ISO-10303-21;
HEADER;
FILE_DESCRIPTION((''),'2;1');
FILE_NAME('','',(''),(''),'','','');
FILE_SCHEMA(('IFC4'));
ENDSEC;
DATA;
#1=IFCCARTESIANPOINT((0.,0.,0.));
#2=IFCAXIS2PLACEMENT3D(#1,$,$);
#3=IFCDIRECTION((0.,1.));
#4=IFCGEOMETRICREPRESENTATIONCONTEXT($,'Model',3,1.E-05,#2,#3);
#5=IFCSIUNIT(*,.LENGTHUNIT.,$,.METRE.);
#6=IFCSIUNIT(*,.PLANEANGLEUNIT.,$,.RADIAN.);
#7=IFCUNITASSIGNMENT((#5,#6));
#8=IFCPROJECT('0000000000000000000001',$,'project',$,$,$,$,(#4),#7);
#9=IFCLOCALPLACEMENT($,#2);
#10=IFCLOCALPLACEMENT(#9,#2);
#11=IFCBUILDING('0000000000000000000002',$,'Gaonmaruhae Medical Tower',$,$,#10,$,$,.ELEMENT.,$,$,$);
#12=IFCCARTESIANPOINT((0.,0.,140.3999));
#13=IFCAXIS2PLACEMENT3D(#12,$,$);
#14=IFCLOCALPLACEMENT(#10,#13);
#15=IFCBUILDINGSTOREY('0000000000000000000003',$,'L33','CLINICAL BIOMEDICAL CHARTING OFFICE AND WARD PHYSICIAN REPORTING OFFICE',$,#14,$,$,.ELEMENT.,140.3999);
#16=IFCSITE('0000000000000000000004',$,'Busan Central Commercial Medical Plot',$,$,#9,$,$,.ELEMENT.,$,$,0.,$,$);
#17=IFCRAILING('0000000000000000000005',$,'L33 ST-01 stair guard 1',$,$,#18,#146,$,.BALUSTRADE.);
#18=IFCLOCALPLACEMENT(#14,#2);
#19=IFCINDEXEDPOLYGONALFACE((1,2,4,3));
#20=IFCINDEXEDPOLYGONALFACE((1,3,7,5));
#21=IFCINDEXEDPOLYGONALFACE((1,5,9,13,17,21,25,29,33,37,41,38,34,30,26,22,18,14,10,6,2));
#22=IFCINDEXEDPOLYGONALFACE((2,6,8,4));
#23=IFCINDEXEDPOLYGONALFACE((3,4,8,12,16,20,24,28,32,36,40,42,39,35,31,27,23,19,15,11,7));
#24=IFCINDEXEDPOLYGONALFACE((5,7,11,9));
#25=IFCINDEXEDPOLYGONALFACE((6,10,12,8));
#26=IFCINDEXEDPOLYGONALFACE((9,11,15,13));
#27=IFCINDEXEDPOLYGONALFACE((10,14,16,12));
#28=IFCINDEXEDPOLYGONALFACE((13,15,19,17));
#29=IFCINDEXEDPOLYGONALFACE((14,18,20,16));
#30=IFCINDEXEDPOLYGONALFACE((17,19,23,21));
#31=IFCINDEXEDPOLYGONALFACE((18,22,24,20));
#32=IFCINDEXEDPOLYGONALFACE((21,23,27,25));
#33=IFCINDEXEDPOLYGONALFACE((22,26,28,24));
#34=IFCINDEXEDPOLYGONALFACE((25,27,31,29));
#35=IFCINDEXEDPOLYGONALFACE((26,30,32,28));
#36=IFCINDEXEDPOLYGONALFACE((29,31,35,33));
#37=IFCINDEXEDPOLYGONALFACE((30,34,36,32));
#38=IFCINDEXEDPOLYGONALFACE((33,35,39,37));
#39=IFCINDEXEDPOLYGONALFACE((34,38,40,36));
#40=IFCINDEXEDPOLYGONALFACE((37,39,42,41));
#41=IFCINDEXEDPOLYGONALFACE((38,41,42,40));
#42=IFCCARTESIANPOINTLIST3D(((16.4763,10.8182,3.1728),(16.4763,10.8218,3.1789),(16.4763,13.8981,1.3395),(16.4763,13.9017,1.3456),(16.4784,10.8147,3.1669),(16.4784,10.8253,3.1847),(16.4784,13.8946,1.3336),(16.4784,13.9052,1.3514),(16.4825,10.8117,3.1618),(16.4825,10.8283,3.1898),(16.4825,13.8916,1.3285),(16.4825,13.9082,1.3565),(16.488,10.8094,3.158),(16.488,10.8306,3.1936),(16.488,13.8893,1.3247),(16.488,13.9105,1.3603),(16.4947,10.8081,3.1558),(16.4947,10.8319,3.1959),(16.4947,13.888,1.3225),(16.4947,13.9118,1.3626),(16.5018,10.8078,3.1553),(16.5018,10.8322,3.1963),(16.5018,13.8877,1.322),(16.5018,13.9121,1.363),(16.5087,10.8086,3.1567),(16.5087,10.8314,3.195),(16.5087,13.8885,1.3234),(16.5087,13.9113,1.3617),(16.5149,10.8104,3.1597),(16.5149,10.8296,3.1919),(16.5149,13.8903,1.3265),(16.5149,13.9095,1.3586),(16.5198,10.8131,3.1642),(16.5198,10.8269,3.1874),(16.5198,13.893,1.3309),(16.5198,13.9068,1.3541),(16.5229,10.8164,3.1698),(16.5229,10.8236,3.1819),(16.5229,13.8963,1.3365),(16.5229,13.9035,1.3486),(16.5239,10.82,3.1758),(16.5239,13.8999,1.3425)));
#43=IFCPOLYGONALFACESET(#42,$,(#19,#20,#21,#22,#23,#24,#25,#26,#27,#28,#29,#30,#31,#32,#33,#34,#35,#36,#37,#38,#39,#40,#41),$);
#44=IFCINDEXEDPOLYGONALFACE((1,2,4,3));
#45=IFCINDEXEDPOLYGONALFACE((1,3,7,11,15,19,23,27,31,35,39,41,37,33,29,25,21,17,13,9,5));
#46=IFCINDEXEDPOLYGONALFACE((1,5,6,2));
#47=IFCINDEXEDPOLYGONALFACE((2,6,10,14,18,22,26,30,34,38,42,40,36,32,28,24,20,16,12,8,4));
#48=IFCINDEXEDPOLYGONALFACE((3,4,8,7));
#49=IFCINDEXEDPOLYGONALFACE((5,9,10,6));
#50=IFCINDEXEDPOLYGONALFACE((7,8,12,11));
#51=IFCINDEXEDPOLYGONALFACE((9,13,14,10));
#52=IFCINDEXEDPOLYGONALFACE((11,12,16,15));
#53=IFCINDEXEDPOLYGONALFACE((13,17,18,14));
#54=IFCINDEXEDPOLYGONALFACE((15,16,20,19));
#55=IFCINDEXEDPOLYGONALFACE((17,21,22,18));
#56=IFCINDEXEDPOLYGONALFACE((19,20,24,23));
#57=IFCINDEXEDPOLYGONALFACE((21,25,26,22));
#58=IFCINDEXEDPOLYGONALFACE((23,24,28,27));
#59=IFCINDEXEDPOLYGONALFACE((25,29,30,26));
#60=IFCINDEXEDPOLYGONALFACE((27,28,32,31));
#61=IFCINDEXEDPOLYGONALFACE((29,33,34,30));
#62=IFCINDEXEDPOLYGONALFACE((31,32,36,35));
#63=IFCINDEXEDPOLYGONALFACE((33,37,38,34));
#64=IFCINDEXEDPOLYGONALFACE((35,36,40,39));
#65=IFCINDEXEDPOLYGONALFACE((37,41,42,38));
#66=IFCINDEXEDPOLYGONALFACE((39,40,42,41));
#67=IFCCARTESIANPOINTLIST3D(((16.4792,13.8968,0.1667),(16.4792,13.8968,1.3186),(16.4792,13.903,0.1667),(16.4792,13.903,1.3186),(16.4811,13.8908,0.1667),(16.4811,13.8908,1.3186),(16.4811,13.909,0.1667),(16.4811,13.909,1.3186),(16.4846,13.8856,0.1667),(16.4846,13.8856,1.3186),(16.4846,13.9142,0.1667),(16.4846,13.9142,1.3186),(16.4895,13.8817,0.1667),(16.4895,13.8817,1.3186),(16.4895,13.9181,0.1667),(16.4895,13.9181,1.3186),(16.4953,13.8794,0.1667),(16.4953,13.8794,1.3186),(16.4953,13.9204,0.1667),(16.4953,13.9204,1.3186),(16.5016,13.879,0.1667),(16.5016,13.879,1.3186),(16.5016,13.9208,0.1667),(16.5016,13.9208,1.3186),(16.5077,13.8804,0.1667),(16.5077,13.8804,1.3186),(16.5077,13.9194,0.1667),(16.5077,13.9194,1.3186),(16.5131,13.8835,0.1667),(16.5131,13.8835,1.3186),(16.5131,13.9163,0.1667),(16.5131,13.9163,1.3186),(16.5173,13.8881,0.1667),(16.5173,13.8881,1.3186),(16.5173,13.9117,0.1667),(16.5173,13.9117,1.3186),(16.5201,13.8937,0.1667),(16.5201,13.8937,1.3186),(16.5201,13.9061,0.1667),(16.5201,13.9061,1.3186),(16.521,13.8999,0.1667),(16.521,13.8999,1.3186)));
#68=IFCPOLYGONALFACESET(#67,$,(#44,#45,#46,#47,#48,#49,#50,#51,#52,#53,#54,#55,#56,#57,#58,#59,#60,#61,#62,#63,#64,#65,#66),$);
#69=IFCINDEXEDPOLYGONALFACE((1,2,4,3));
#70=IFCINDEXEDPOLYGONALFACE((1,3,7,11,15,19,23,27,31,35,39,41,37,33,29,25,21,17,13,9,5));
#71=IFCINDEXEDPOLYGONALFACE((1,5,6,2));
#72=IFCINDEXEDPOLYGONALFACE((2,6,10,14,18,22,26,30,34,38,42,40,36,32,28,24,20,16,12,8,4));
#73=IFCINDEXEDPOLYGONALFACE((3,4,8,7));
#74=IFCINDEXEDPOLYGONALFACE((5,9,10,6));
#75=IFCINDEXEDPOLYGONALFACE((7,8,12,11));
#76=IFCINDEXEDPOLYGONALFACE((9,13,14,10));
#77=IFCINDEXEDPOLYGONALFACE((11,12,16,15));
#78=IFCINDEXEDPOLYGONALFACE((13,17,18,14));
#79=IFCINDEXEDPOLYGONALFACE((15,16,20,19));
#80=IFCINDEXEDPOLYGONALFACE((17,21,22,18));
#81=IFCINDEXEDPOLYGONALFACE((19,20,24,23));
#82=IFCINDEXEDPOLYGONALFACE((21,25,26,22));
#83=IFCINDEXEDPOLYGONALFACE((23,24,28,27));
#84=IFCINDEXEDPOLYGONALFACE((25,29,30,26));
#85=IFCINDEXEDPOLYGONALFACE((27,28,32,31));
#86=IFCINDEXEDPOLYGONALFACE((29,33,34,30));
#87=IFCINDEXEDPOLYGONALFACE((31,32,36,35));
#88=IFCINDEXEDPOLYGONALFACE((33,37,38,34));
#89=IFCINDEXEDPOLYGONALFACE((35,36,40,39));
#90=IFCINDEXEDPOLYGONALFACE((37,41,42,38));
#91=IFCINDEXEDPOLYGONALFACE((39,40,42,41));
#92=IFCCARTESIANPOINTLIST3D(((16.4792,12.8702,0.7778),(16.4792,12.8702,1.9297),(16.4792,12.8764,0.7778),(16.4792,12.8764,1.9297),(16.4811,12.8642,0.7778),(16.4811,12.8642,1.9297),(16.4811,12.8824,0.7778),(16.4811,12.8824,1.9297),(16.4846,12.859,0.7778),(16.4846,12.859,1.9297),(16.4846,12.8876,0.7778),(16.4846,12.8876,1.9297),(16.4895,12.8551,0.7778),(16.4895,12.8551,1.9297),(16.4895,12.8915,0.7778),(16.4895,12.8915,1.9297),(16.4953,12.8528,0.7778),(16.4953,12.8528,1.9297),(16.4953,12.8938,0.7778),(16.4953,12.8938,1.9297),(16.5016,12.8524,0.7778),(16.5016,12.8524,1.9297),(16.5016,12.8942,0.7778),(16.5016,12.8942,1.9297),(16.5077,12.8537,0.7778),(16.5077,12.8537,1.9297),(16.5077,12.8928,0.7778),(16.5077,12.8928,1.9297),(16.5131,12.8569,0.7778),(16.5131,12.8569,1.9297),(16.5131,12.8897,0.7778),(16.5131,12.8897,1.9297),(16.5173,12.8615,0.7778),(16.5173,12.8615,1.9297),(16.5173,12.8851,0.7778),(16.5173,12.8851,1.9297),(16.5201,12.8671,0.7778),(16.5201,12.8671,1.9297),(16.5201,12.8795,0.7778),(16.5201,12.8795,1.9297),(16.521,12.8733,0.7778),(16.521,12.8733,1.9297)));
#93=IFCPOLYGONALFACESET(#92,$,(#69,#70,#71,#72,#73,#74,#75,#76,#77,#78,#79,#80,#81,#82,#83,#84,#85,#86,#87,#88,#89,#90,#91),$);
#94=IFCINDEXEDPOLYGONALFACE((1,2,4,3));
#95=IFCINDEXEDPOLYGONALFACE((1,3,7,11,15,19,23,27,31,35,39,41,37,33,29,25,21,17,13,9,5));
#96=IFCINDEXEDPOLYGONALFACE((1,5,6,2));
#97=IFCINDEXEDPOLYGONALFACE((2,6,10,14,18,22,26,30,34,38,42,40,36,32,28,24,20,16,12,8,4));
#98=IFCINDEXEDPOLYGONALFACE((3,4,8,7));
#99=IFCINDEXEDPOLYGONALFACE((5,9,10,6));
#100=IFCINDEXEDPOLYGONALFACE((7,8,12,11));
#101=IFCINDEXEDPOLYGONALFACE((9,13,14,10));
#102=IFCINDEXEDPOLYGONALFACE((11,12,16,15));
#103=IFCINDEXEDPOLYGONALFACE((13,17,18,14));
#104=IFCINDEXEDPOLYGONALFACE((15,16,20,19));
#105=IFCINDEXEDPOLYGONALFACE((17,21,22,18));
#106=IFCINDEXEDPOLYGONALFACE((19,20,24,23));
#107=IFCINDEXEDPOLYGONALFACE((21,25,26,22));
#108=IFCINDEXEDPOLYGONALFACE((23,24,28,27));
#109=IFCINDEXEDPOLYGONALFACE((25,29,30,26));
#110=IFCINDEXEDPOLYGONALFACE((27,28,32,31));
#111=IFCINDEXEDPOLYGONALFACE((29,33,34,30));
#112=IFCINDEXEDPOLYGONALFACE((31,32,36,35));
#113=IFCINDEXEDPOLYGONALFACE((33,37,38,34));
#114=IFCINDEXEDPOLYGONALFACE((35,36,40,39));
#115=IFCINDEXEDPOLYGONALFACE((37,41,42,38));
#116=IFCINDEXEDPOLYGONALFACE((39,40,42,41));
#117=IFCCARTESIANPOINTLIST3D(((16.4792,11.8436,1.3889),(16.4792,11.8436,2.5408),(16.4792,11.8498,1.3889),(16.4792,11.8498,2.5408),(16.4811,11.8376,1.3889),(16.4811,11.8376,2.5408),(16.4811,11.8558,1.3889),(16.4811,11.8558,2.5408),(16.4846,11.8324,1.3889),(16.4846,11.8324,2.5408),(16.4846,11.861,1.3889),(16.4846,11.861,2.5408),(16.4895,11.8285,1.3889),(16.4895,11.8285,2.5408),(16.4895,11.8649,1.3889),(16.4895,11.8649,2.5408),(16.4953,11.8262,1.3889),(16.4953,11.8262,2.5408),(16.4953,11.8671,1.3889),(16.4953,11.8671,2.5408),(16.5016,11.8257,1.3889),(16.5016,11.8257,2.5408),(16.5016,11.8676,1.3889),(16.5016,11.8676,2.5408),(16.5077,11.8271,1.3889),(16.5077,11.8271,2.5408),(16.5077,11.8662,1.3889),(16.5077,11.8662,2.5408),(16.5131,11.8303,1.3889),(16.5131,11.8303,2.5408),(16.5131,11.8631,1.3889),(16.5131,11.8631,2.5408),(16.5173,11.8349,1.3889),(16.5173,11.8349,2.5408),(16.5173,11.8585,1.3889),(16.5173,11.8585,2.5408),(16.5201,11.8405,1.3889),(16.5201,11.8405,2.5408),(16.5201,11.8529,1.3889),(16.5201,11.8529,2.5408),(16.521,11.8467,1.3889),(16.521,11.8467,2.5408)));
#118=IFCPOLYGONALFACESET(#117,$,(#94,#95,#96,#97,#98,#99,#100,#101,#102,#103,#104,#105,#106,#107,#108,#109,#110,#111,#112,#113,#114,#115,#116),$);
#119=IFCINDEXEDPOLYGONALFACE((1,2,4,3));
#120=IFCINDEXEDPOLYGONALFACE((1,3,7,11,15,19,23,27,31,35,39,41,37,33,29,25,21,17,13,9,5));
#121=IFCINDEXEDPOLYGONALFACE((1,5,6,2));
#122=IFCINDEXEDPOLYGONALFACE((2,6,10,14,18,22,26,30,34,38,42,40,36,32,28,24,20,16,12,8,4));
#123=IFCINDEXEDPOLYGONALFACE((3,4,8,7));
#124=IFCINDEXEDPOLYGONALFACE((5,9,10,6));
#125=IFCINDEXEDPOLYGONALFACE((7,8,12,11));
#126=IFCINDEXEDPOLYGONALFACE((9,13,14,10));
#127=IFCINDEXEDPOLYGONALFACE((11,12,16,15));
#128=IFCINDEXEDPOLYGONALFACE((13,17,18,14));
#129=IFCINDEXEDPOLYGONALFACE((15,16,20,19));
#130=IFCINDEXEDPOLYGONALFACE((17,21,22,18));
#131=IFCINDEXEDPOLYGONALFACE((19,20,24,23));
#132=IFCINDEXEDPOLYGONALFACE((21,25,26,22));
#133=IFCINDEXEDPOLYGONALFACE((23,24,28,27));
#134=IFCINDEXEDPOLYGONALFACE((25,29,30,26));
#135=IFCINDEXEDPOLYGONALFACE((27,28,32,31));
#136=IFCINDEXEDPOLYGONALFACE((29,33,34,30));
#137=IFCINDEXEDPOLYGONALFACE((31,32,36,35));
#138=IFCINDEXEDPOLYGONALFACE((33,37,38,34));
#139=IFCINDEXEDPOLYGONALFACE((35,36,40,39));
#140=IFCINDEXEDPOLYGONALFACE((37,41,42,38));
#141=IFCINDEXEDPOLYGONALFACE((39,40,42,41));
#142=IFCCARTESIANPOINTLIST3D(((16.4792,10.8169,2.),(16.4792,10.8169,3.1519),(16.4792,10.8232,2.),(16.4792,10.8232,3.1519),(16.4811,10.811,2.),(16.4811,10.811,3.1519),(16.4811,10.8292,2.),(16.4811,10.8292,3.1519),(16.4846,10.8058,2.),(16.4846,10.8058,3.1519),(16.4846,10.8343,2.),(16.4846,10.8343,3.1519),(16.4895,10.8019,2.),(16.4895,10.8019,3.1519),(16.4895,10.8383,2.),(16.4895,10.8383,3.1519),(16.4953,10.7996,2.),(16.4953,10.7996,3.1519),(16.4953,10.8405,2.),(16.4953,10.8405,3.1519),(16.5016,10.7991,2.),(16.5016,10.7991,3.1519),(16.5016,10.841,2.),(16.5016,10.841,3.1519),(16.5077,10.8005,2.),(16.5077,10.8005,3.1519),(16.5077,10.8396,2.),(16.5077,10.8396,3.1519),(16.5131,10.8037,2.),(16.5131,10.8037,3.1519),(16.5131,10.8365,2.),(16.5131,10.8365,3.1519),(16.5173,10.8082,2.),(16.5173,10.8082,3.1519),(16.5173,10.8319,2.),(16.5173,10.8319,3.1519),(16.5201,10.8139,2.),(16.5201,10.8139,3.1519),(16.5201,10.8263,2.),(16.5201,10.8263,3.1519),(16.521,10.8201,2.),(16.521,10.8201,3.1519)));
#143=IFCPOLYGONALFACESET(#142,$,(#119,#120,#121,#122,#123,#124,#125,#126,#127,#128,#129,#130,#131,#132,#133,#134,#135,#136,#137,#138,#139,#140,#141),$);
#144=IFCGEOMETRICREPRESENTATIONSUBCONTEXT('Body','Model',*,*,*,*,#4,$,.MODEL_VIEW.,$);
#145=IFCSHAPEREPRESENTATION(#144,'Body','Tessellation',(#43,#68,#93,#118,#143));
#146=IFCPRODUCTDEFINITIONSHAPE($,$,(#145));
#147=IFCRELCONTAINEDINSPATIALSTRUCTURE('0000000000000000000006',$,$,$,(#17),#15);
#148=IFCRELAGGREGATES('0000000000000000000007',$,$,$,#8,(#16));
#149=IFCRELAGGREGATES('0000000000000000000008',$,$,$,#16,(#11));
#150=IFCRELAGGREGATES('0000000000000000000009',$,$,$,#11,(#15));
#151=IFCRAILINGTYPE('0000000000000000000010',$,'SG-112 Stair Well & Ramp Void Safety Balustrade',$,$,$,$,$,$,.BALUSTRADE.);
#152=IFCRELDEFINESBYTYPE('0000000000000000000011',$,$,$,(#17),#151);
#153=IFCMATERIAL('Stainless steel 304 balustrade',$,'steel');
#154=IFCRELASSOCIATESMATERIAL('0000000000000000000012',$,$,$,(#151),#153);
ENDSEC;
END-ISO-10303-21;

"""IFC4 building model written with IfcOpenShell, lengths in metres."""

from ifc_helpers import new_model, si_unit, direction, frame, origin, origin_2d, place, context, subcontext, project, spatial, circle, extrude, material, type_object, element, save


model = new_model("IFC4")

# Units and contexts
model_context = context("Model", 3, precision=1e-05, world=origin(), true_north=direction((0.0, 1.0)))
body_context = subcontext(model_context, "Body", "Model", "MODEL_VIEW")
ifc_project = project(units=[si_unit("LENGTHUNIT", "METRE"), si_unit("PLANEANGLEUNIT", "RADIAN")], contexts=[model_context])

# Site, building, storey
site_placement = place(None, origin())
site = spatial("IfcSite", under=ifc_project, at=site_placement, Name="Busan Central Commercial Medical Plot", CompositionType="ELEMENT", RefElevation=0.0)
building_placement = place(site_placement, origin())
building = spatial("IfcBuilding", under=site, at=building_placement, Name="Gaonmaruhae Medical Tower", CompositionType="ELEMENT")
storey_placement = place(building_placement, frame((0.0, 0.0, 140.3999)))
storey = spatial("IfcBuildingStorey", under=building, at=storey_placement, Name="L33", Description="CLINICAL BIOMEDICAL CHARTING OFFICE AND WARD PHYSICIAN REPORTING OFFICE", CompositionType="ELEMENT", Elevation=140.3999)

# Railing
ifc_material_1 = material(Name="Stainless steel 304 balustrade", Category="steel")
railing_type_1 = type_object("IfcRailingType", Name="SG-112 Stair Well & Ramp Void Safety Balustrade", PredefinedType="BALUSTRADE", material=ifc_material_1)
railing_1_placement = place(storey_placement, frame((16.5, 13.8999, 0.1667)))
element("IfcRailing", 1, at=railing_1_placement, inside=storey, type_object=railing_type_1, Name="L33 ST-01 stair guard 1", PredefinedType="BALUSTRADE", context=body_context, shape_type="SweptSolid", body=[
    extrude(circle(Radius=0.0239, at=origin_2d()), frame((0.0, 0.0, 1.1758), z_axis=(0.0, -0.859291, 0.511487), x_axis=(1.0, 0.0, 0.0)), (0.0, 0.0, 1.0), 3.5842),
    extrude(circle(Radius=0.021, at=origin_2d()), origin(), (0.0, 0.0, 1.0), 1.1519),
    extrude(circle(Radius=0.021, at=origin_2d()), frame((0.0, -1.0266, 0.6111)), (0.0, 0.0, 1.0), 1.1519),
    extrude(circle(Radius=0.021, at=origin_2d()), frame((0.0, -2.0532, 1.2222)), (0.0, 0.0, 1.0), 1.1519),
    extrude(circle(Radius=0.021, at=origin_2d()), frame((0.0, -3.0798, 1.8333)), (0.0, 0.0, 1.0), 1.1519),
])

save(model, "model.ifc")
